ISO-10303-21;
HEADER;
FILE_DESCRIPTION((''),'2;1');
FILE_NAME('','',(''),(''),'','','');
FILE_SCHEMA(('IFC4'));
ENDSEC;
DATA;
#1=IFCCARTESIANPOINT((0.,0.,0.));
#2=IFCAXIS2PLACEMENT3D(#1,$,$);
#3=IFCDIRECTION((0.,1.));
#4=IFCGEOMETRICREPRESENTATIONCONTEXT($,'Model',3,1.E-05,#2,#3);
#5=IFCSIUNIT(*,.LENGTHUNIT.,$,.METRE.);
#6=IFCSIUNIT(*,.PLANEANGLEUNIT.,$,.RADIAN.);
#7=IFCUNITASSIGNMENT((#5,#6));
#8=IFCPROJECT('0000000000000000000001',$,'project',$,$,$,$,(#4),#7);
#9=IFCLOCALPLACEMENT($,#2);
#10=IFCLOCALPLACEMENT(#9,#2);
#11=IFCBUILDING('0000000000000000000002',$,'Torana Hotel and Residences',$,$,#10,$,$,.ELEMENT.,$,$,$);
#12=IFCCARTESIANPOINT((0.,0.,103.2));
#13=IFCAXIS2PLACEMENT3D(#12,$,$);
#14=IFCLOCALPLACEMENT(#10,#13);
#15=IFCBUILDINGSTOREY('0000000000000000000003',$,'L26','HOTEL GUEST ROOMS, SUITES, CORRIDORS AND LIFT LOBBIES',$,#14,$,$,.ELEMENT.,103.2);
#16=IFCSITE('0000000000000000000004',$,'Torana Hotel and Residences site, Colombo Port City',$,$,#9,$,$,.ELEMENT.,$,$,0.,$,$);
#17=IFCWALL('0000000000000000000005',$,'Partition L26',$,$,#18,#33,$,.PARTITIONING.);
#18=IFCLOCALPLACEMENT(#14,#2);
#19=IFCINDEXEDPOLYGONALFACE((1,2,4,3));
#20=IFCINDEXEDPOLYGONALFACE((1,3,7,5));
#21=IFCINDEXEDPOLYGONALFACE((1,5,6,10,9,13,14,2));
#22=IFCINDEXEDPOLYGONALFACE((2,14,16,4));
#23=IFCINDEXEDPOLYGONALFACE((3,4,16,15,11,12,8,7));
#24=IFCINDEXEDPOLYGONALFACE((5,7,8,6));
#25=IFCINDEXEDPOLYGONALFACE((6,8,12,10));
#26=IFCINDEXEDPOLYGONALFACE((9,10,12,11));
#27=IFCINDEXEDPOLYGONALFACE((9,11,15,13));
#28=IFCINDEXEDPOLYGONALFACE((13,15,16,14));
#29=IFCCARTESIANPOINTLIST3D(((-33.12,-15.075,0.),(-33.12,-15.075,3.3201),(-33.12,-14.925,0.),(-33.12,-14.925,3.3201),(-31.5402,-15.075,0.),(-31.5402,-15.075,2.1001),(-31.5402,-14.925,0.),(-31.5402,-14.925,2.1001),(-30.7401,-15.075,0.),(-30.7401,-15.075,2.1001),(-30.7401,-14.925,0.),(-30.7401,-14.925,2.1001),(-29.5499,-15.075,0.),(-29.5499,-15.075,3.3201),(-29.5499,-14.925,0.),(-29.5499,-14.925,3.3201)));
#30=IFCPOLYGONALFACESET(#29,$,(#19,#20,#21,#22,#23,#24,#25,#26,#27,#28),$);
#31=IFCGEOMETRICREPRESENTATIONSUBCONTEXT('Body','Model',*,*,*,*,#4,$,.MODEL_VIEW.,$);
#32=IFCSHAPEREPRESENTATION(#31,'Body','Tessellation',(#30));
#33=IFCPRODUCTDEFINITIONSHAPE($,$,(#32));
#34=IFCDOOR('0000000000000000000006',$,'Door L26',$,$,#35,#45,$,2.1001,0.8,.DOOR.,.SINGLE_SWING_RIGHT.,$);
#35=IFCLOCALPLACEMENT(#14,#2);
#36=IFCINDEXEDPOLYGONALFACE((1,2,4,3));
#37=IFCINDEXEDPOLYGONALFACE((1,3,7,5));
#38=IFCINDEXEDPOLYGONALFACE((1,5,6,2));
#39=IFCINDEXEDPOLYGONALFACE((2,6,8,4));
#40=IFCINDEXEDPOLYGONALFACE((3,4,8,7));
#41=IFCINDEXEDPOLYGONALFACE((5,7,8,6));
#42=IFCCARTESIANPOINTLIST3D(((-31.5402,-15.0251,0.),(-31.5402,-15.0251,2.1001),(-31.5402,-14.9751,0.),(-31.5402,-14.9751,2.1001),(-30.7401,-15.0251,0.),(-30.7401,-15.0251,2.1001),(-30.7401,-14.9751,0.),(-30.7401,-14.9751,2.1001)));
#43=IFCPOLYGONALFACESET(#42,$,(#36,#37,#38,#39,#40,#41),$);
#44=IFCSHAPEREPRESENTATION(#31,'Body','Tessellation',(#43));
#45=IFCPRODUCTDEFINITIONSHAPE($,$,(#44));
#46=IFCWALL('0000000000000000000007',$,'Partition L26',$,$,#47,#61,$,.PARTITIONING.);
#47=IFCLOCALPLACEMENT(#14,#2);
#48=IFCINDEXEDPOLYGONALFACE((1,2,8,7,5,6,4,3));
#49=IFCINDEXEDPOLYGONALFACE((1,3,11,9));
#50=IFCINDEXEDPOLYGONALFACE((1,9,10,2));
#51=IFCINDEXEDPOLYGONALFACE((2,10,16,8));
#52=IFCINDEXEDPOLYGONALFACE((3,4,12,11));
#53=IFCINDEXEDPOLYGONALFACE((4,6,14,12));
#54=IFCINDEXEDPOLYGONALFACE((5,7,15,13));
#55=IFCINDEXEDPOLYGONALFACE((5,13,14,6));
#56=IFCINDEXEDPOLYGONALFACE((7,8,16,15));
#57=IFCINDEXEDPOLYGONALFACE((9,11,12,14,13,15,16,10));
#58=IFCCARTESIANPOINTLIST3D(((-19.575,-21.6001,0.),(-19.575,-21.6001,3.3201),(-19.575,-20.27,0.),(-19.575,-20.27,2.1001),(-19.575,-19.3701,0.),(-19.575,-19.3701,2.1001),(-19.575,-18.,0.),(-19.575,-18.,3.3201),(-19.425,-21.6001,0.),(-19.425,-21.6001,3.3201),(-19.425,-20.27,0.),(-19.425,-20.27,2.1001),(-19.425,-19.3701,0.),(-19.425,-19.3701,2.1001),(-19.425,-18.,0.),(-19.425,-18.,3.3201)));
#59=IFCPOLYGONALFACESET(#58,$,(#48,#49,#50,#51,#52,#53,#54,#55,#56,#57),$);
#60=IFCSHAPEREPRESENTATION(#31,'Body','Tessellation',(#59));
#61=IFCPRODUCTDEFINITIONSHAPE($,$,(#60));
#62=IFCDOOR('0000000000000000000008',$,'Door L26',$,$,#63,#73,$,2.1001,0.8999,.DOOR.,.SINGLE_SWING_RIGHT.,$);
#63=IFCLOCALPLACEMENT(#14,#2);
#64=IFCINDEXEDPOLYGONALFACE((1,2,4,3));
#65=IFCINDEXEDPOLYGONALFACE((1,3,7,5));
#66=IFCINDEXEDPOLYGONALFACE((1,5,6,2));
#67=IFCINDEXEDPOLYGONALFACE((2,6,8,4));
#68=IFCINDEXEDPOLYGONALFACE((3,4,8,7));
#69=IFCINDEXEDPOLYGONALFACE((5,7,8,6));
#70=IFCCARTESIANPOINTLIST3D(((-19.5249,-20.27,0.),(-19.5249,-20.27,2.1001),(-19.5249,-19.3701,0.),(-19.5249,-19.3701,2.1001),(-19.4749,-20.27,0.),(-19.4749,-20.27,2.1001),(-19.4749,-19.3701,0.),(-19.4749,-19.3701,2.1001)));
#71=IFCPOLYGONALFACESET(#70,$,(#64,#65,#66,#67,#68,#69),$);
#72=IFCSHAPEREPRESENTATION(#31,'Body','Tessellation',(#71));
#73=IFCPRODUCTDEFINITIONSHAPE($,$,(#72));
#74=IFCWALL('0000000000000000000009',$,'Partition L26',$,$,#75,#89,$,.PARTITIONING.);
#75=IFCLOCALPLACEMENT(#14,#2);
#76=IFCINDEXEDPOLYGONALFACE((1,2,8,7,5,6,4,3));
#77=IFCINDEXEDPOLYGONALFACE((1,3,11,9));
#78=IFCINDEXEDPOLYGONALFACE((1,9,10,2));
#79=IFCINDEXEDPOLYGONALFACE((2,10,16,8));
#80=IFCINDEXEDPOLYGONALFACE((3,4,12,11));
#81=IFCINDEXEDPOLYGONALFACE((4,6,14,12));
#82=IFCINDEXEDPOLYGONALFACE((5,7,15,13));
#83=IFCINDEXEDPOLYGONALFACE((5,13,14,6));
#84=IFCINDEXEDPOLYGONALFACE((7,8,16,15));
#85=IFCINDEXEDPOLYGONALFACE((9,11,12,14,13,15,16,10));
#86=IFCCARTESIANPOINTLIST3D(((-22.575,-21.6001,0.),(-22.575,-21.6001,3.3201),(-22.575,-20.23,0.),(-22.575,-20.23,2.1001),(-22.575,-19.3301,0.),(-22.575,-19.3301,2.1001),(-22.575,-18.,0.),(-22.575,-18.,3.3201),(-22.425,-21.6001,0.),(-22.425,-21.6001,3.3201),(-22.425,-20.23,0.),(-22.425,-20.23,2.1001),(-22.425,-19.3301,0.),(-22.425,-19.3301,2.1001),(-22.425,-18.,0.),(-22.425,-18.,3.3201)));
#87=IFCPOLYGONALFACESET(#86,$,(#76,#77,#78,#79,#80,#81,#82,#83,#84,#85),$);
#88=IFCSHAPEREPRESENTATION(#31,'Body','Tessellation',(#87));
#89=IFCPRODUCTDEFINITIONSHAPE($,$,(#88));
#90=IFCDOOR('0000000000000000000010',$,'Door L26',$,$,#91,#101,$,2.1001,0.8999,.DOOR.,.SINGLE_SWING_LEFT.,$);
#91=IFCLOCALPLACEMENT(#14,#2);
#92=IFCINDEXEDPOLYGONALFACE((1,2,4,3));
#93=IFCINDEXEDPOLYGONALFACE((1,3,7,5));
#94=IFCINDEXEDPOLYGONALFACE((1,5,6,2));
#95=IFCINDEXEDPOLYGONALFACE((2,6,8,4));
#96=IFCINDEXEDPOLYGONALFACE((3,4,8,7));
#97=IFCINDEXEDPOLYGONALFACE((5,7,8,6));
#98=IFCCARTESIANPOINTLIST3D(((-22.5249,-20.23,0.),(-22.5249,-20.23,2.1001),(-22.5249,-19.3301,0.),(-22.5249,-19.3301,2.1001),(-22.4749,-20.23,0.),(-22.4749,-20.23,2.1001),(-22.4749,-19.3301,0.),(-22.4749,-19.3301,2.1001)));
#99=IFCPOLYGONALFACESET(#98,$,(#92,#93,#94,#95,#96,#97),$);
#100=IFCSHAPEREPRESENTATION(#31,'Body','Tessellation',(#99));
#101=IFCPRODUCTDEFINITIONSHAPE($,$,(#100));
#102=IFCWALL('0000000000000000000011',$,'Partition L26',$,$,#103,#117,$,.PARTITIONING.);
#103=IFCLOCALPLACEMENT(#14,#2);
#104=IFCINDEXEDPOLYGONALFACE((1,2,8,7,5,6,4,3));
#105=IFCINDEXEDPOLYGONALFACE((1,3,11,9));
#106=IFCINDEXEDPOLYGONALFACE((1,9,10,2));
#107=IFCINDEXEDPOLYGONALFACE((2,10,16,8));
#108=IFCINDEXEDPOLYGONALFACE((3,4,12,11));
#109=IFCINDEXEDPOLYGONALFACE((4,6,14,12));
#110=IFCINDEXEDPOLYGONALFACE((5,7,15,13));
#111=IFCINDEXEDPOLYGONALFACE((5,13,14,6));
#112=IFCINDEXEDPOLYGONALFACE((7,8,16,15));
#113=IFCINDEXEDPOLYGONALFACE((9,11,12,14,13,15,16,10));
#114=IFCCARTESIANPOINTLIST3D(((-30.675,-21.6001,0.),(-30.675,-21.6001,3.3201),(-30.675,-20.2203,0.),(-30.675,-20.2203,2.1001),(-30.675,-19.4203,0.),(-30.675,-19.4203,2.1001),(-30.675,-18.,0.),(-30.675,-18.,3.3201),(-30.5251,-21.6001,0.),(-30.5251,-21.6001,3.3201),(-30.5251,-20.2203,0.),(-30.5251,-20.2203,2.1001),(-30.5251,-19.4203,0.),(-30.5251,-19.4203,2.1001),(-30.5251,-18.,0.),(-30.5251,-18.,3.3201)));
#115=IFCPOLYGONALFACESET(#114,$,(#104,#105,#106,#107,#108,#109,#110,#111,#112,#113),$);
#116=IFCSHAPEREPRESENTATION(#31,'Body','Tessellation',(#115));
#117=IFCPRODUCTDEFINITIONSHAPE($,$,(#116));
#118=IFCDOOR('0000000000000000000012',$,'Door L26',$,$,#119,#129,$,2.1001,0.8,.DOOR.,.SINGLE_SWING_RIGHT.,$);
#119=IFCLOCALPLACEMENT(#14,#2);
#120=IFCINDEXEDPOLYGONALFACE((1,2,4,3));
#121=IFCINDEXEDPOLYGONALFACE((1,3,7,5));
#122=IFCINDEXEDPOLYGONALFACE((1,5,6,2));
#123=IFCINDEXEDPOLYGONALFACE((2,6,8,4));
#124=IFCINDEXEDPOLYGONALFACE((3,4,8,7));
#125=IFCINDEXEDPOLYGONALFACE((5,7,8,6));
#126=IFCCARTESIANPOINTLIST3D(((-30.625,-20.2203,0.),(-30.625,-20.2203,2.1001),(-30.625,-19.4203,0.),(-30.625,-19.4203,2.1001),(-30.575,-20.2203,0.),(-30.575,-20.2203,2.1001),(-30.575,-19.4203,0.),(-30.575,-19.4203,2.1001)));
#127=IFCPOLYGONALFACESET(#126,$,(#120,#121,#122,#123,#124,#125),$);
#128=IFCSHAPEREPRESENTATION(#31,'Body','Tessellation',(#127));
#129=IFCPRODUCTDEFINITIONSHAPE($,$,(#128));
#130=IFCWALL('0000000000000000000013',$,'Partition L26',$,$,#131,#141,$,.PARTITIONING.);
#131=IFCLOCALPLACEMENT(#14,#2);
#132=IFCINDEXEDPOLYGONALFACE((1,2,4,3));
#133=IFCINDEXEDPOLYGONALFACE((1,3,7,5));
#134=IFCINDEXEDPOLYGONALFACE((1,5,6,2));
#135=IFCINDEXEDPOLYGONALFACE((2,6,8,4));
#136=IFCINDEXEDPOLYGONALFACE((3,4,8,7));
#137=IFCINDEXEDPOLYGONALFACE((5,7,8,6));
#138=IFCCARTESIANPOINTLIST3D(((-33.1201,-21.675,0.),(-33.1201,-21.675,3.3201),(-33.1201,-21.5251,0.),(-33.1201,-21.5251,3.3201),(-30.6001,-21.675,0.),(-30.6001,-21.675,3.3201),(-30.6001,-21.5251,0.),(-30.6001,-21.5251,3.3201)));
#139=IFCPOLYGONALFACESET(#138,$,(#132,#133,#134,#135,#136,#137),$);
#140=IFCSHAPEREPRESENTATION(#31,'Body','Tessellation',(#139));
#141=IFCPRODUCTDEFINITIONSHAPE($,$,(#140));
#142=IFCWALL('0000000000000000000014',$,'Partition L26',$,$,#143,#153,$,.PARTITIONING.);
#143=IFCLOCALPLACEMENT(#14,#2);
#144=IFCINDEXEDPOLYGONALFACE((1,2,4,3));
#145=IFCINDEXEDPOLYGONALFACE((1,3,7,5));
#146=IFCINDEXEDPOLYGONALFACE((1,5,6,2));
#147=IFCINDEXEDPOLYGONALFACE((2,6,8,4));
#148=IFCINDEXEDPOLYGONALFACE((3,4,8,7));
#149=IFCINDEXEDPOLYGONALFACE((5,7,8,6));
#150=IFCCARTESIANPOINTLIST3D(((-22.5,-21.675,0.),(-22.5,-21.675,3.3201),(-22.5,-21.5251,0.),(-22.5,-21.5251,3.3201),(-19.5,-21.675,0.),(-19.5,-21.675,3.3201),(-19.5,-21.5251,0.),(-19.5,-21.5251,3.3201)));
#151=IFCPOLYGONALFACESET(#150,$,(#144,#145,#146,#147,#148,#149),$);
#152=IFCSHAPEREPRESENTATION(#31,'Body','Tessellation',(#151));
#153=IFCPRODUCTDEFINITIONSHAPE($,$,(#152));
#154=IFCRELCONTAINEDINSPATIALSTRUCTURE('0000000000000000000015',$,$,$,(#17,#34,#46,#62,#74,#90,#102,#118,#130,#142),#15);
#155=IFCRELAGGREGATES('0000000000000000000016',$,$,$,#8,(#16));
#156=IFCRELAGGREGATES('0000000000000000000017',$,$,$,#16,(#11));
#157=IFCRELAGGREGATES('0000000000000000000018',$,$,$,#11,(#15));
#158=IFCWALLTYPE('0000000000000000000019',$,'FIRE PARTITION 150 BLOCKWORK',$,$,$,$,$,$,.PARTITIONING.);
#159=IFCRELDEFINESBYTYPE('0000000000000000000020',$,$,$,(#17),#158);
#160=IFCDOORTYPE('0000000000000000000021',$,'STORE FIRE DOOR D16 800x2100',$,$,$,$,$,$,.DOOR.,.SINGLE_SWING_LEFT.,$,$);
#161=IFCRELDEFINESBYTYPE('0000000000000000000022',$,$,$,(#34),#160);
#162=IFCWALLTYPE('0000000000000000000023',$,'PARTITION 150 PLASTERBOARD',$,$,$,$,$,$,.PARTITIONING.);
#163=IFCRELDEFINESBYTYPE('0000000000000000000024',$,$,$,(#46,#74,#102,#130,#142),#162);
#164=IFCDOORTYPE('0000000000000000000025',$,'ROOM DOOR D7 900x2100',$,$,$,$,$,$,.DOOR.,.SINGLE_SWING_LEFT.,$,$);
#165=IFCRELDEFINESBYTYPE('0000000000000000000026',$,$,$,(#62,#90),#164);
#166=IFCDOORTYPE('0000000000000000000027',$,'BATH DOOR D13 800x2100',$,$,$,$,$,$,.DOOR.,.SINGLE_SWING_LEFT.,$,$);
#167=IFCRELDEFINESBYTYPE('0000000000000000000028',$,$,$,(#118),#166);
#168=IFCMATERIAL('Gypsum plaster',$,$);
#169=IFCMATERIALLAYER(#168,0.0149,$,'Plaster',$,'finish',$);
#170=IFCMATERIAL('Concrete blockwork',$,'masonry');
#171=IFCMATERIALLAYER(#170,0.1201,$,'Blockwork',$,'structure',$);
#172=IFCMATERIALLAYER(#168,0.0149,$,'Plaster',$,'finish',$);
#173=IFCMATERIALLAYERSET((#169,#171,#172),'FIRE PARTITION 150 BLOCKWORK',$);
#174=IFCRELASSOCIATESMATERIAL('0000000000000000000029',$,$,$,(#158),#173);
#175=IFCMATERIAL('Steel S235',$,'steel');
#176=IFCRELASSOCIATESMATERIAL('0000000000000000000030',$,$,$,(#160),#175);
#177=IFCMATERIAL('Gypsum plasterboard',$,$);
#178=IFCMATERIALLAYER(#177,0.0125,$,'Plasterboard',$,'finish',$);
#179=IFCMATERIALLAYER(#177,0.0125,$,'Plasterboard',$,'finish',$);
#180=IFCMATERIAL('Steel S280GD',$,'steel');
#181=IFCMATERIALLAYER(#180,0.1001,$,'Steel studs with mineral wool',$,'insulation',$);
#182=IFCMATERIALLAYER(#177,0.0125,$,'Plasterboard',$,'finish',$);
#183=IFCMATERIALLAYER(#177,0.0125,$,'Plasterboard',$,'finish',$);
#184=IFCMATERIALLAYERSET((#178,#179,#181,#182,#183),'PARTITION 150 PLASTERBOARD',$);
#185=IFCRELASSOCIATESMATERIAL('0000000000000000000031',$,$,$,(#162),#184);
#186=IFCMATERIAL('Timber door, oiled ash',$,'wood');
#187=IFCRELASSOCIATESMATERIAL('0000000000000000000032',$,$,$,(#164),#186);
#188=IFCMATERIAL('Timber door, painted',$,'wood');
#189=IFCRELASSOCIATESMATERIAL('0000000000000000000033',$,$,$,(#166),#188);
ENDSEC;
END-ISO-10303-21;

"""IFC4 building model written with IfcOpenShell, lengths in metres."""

from ifc_helpers import new_model, si_unit, direction, frame, frame_2d, origin, place, context, subcontext, project, spatial, rectangle, extrude, material, layer, layer_set, type_object, element, fill, save


model = new_model("IFC4")

# Units and contexts
model_context = context("Model", 3, precision=1e-05, world=origin(), true_north=direction((0.0, 1.0)))
body_context = subcontext(model_context, "Body", "Model", "MODEL_VIEW")
ifc_project = project(units=[si_unit("LENGTHUNIT", "METRE"), si_unit("PLANEANGLEUNIT", "RADIAN")], contexts=[model_context])

# Site, building, storey
site_placement = place(None, origin())
site = spatial("IfcSite", under=ifc_project, at=site_placement, Name="Torana Hotel and Residences site, Colombo Port City", CompositionType="ELEMENT", RefElevation=0.0)
building_placement = place(site_placement, origin())
building = spatial("IfcBuilding", under=site, at=building_placement, Name="Torana Hotel and Residences", CompositionType="ELEMENT")
storey_placement = place(building_placement, frame((0.0, 0.0, 103.2)))
storey = spatial("IfcBuildingStorey", under=building, at=storey_placement, Name="L26", Description="HOTEL GUEST ROOMS, SUITES, CORRIDORS AND LIFT LOBBIES", CompositionType="ELEMENT", Elevation=103.2)

# Shared definitions
ifc_material_1 = material(Name="Gypsum plaster")
ifc_layer_1 = layer(ifc_material_1, 0.0149, Name="Plaster", Category="finish")
ifc_material_2 = material(Name="Concrete blockwork", Category="masonry")
ifc_layer_2 = layer(ifc_material_2, 0.1201, Name="Blockwork", Category="structure")
ifc_layer_3 = layer(ifc_material_1, 0.0149, Name="Plaster", Category="finish")
ifc_layer_set_1 = layer_set([ifc_layer_1, ifc_layer_2, ifc_layer_3], Name="FIRE PARTITION 150 BLOCKWORK")
wall_type_1 = type_object("IfcWallType", Name="FIRE PARTITION 150 BLOCKWORK", PredefinedType="PARTITIONING", material=ifc_layer_set_1)

# Walls, openings, doors
wall_1_placement = place(storey_placement, frame((-33.1201, -15.0, 0.0), z_axis=(0.0, 0.0, 1.0), x_axis=(1.0, 0.0, 0.0)))
wall_1 = element("IfcWall", 1, at=wall_1_placement, inside=storey, type_object=wall_type_1, Name="Partition L26", PredefinedType="PARTITIONING", context=body_context, shape_type="SweptSolid", body=[
    extrude(rectangle(XDim=3.5701, YDim=0.1499, at=frame_2d((1.7852, 0.0))), origin(), (0.0, 0.0, 1.0), 3.3201),
])
opening_1_placement = place(wall_1_placement, frame((1.5801, 0.0, 0.0)))
opening_1 = element("IfcOpeningElement", 2, at=opening_1_placement, cuts=wall_1, PredefinedType="OPENING", context=body_context, shape_type="SweptSolid", body=[
    extrude(rectangle(XDim=0.8, YDim=2.1001, at=frame_2d((0.3999, 1.05))), frame((0.0, 0.085, 0.0), z_axis=(0.0, -1.0, 0.0), x_axis=(1.0, 0.0, 0.0)), (0.0, 0.0, 1.0), 0.1699),
])
ifc_material_3 = material(Name="Steel S235", Category="steel")
door_type_1 = type_object("IfcDoorType", Name="STORE FIRE DOOR D16 800x2100", OperationType="SINGLE_SWING_LEFT", PredefinedType="DOOR", material=ifc_material_3)
door_1_placement = place(opening_1_placement, origin())
door_1 = element("IfcDoor", 3, at=door_1_placement, inside=storey, type_object=door_type_1, Name="Door L26", OperationType="SINGLE_SWING_RIGHT", OverallHeight=2.1001, OverallWidth=0.8, PredefinedType="DOOR", context=body_context, shape_type="SweptSolid", body=[
    extrude(rectangle(XDim=0.8, YDim=2.1001, at=frame_2d((0.3999, 1.05))), frame((0.0, 0.0249, 0.0), z_axis=(0.0, -1.0, 0.0), x_axis=(1.0, 0.0, 0.0)), (0.0, 0.0, 1.0), 0.05),
])
fill(opening_1, door_1)
ifc_material_4 = material(Name="Gypsum plasterboard")
ifc_layer_4 = layer(ifc_material_4, 0.0125, Name="Plasterboard", Category="finish")
ifc_layer_5 = layer(ifc_material_4, 0.0125, Name="Plasterboard", Category="finish")
ifc_material_5 = material(Name="Steel S280GD", Category="steel")
ifc_layer_6 = layer(ifc_material_5, 0.1001, Name="Steel studs with mineral wool", Category="insulation")
ifc_layer_7 = layer(ifc_material_4, 0.0125, Name="Plasterboard", Category="finish")
ifc_layer_8 = layer(ifc_material_4, 0.0125, Name="Plasterboard", Category="finish")
ifc_layer_set_2 = layer_set([ifc_layer_4, ifc_layer_5, ifc_layer_6, ifc_layer_7, ifc_layer_8], Name="PARTITION 150 PLASTERBOARD")
wall_type_2 = type_object("IfcWallType", Name="PARTITION 150 PLASTERBOARD", PredefinedType="PARTITIONING", material=ifc_layer_set_2)
wall_2_placement = place(storey_placement, frame((-19.5, -21.6001, 0.0), z_axis=(0.0, 0.0, 1.0), x_axis=(0.0, 1.0, 0.0)))
wall_2 = element("IfcWall", 4, at=wall_2_placement, inside=storey, type_object=wall_type_2, Name="Partition L26", PredefinedType="PARTITIONING", context=body_context, shape_type="SweptSolid", body=[
    extrude(rectangle(XDim=3.6001, YDim=0.1499, at=frame_2d((1.8, 0.0))), origin(), (0.0, 0.0, 1.0), 3.3201),
])
opening_2_placement = place(wall_2_placement, frame((1.3301, 0.0, 0.0)))
opening_2 = element("IfcOpeningElement", 5, at=opening_2_placement, cuts=wall_2, PredefinedType="OPENING", context=body_context, shape_type="SweptSolid", body=[
    extrude(rectangle(XDim=0.8999, YDim=2.1001, at=frame_2d((0.45, 1.05))), frame((0.0, 0.085, 0.0), z_axis=(0.0, -1.0, 0.0), x_axis=(1.0, 0.0, 0.0)), (0.0, 0.0, 1.0), 0.1699),
])
ifc_material_6 = material(Name="Timber door, oiled ash", Category="wood")
door_type_2 = type_object("IfcDoorType", Name="ROOM DOOR D7 900x2100", OperationType="SINGLE_SWING_LEFT", PredefinedType="DOOR", material=ifc_material_6)
door_2_placement = place(opening_2_placement, origin())
door_2 = element("IfcDoor", 6, at=door_2_placement, inside=storey, type_object=door_type_2, Name="Door L26", OperationType="SINGLE_SWING_RIGHT", OverallHeight=2.1001, OverallWidth=0.8999, PredefinedType="DOOR", context=body_context, shape_type="SweptSolid", body=[
    extrude(rectangle(XDim=0.8999, YDim=2.1001, at=frame_2d((0.45, 1.05))), frame((0.0, 0.0249, 0.0), z_axis=(0.0, -1.0, 0.0), x_axis=(1.0, 0.0, 0.0)), (0.0, 0.0, 1.0), 0.05),
])
fill(opening_2, door_2)
wall_3_placement = place(storey_placement, frame((-22.5, -21.6001, 0.0), z_axis=(0.0, 0.0, 1.0), x_axis=(0.0, 1.0, 0.0)))
wall_3 = element("IfcWall", 7, at=wall_3_placement, inside=storey, type_object=wall_type_2, Name="Partition L26", PredefinedType="PARTITIONING", context=body_context, shape_type="SweptSolid", body=[
    extrude(rectangle(XDim=3.6001, YDim=0.1499, at=frame_2d((1.8, 0.0))), origin(), (0.0, 0.0, 1.0), 3.3201),
])
opening_3_placement = place(wall_3_placement, frame((1.3701, 0.0, 0.0)))
opening_3 = element("IfcOpeningElement", 8, at=opening_3_placement, cuts=wall_3, PredefinedType="OPENING", context=body_context, shape_type="SweptSolid", body=[
    extrude(rectangle(XDim=0.8999, YDim=2.1001, at=frame_2d((0.45, 1.05))), frame((0.0, 0.085, 0.0), z_axis=(0.0, -1.0, 0.0), x_axis=(1.0, 0.0, 0.0)), (0.0, 0.0, 1.0), 0.1699),
])
door_3_placement = place(opening_3_placement, origin())
door_3 = element("IfcDoor", 9, at=door_3_placement, inside=storey, type_object=door_type_2, Name="Door L26", OperationType="SINGLE_SWING_LEFT", OverallHeight=2.1001, OverallWidth=0.8999, PredefinedType="DOOR", context=body_context, shape_type="SweptSolid", body=[
    extrude(rectangle(XDim=0.8999, YDim=2.1001, at=frame_2d((0.45, 1.05))), frame((0.0, 0.0249, 0.0), z_axis=(0.0, -1.0, 0.0), x_axis=(1.0, 0.0, 0.0)), (0.0, 0.0, 1.0), 0.05),
])
fill(opening_3, door_3)
wall_4_placement = place(storey_placement, frame((-30.6001, -21.6001, 0.0), z_axis=(0.0, 0.0, 1.0), x_axis=(0.0, 1.0, 0.0)))
wall_4 = element("IfcWall", 10, at=wall_4_placement, inside=storey, type_object=wall_type_2, Name="Partition L26", PredefinedType="PARTITIONING", context=body_context, shape_type="SweptSolid", body=[
    extrude(rectangle(XDim=3.6001, YDim=0.1499, at=frame_2d((1.8, 0.0))), origin(), (0.0, 0.0, 1.0), 3.3201),
])
opening_4_placement = place(wall_4_placement, frame((1.3799, 0.0, 0.0)))
opening_4 = element("IfcOpeningElement", 11, at=opening_4_placement, cuts=wall_4, PredefinedType="OPENING", context=body_context, shape_type="SweptSolid", body=[
    extrude(rectangle(XDim=0.8, YDim=2.1001, at=frame_2d((0.3999, 1.05))), frame((0.0, 0.085, 0.0), z_axis=(0.0, -1.0, 0.0), x_axis=(1.0, 0.0, 0.0)), (0.0, 0.0, 1.0), 0.1699),
])
ifc_material_7 = material(Name="Timber door, painted", Category="wood")
door_type_3 = type_object("IfcDoorType", Name="BATH DOOR D13 800x2100", OperationType="SINGLE_SWING_LEFT", PredefinedType="DOOR", material=ifc_material_7)
door_4_placement = place(opening_4_placement, origin())
door_4 = element("IfcDoor", 12, at=door_4_placement, inside=storey, type_object=door_type_3, Name="Door L26", OperationType="SINGLE_SWING_RIGHT", OverallHeight=2.1001, OverallWidth=0.8, PredefinedType="DOOR", context=body_context, shape_type="SweptSolid", body=[
    extrude(rectangle(XDim=0.8, YDim=2.1001, at=frame_2d((0.3999, 1.05))), frame((0.0, 0.0249, 0.0), z_axis=(0.0, -1.0, 0.0), x_axis=(1.0, 0.0, 0.0)), (0.0, 0.0, 1.0), 0.05),
])
fill(opening_4, door_4)

# Walls
wall_5_placement = place(storey_placement, frame((-33.1201, -21.6001, 0.0), z_axis=(0.0, 0.0, 1.0), x_axis=(1.0, 0.0, 0.0)))
element("IfcWall", 13, at=wall_5_placement, inside=storey, type_object=wall_type_2, Name="Partition L26", PredefinedType="PARTITIONING", context=body_context, shape_type="SweptSolid", body=[
    extrude(rectangle(XDim=2.52, YDim=0.1499, at=frame_2d((1.26, 0.0))), origin(), (0.0, 0.0, 1.0), 3.3201),
])
wall_6_placement = place(storey_placement, frame((-22.5, -21.6001, 0.0), z_axis=(0.0, 0.0, 1.0), x_axis=(1.0, 0.0, 0.0)))
element("IfcWall", 14, at=wall_6_placement, inside=storey, type_object=wall_type_2, Name="Partition L26", PredefinedType="PARTITIONING", context=body_context, shape_type="SweptSolid", body=[
    extrude(rectangle(XDim=3.0, YDim=0.1499, at=frame_2d((1.5, 0.0))), origin(), (0.0, 0.0, 1.0), 3.3201),
])

save(model, "model.ifc")
